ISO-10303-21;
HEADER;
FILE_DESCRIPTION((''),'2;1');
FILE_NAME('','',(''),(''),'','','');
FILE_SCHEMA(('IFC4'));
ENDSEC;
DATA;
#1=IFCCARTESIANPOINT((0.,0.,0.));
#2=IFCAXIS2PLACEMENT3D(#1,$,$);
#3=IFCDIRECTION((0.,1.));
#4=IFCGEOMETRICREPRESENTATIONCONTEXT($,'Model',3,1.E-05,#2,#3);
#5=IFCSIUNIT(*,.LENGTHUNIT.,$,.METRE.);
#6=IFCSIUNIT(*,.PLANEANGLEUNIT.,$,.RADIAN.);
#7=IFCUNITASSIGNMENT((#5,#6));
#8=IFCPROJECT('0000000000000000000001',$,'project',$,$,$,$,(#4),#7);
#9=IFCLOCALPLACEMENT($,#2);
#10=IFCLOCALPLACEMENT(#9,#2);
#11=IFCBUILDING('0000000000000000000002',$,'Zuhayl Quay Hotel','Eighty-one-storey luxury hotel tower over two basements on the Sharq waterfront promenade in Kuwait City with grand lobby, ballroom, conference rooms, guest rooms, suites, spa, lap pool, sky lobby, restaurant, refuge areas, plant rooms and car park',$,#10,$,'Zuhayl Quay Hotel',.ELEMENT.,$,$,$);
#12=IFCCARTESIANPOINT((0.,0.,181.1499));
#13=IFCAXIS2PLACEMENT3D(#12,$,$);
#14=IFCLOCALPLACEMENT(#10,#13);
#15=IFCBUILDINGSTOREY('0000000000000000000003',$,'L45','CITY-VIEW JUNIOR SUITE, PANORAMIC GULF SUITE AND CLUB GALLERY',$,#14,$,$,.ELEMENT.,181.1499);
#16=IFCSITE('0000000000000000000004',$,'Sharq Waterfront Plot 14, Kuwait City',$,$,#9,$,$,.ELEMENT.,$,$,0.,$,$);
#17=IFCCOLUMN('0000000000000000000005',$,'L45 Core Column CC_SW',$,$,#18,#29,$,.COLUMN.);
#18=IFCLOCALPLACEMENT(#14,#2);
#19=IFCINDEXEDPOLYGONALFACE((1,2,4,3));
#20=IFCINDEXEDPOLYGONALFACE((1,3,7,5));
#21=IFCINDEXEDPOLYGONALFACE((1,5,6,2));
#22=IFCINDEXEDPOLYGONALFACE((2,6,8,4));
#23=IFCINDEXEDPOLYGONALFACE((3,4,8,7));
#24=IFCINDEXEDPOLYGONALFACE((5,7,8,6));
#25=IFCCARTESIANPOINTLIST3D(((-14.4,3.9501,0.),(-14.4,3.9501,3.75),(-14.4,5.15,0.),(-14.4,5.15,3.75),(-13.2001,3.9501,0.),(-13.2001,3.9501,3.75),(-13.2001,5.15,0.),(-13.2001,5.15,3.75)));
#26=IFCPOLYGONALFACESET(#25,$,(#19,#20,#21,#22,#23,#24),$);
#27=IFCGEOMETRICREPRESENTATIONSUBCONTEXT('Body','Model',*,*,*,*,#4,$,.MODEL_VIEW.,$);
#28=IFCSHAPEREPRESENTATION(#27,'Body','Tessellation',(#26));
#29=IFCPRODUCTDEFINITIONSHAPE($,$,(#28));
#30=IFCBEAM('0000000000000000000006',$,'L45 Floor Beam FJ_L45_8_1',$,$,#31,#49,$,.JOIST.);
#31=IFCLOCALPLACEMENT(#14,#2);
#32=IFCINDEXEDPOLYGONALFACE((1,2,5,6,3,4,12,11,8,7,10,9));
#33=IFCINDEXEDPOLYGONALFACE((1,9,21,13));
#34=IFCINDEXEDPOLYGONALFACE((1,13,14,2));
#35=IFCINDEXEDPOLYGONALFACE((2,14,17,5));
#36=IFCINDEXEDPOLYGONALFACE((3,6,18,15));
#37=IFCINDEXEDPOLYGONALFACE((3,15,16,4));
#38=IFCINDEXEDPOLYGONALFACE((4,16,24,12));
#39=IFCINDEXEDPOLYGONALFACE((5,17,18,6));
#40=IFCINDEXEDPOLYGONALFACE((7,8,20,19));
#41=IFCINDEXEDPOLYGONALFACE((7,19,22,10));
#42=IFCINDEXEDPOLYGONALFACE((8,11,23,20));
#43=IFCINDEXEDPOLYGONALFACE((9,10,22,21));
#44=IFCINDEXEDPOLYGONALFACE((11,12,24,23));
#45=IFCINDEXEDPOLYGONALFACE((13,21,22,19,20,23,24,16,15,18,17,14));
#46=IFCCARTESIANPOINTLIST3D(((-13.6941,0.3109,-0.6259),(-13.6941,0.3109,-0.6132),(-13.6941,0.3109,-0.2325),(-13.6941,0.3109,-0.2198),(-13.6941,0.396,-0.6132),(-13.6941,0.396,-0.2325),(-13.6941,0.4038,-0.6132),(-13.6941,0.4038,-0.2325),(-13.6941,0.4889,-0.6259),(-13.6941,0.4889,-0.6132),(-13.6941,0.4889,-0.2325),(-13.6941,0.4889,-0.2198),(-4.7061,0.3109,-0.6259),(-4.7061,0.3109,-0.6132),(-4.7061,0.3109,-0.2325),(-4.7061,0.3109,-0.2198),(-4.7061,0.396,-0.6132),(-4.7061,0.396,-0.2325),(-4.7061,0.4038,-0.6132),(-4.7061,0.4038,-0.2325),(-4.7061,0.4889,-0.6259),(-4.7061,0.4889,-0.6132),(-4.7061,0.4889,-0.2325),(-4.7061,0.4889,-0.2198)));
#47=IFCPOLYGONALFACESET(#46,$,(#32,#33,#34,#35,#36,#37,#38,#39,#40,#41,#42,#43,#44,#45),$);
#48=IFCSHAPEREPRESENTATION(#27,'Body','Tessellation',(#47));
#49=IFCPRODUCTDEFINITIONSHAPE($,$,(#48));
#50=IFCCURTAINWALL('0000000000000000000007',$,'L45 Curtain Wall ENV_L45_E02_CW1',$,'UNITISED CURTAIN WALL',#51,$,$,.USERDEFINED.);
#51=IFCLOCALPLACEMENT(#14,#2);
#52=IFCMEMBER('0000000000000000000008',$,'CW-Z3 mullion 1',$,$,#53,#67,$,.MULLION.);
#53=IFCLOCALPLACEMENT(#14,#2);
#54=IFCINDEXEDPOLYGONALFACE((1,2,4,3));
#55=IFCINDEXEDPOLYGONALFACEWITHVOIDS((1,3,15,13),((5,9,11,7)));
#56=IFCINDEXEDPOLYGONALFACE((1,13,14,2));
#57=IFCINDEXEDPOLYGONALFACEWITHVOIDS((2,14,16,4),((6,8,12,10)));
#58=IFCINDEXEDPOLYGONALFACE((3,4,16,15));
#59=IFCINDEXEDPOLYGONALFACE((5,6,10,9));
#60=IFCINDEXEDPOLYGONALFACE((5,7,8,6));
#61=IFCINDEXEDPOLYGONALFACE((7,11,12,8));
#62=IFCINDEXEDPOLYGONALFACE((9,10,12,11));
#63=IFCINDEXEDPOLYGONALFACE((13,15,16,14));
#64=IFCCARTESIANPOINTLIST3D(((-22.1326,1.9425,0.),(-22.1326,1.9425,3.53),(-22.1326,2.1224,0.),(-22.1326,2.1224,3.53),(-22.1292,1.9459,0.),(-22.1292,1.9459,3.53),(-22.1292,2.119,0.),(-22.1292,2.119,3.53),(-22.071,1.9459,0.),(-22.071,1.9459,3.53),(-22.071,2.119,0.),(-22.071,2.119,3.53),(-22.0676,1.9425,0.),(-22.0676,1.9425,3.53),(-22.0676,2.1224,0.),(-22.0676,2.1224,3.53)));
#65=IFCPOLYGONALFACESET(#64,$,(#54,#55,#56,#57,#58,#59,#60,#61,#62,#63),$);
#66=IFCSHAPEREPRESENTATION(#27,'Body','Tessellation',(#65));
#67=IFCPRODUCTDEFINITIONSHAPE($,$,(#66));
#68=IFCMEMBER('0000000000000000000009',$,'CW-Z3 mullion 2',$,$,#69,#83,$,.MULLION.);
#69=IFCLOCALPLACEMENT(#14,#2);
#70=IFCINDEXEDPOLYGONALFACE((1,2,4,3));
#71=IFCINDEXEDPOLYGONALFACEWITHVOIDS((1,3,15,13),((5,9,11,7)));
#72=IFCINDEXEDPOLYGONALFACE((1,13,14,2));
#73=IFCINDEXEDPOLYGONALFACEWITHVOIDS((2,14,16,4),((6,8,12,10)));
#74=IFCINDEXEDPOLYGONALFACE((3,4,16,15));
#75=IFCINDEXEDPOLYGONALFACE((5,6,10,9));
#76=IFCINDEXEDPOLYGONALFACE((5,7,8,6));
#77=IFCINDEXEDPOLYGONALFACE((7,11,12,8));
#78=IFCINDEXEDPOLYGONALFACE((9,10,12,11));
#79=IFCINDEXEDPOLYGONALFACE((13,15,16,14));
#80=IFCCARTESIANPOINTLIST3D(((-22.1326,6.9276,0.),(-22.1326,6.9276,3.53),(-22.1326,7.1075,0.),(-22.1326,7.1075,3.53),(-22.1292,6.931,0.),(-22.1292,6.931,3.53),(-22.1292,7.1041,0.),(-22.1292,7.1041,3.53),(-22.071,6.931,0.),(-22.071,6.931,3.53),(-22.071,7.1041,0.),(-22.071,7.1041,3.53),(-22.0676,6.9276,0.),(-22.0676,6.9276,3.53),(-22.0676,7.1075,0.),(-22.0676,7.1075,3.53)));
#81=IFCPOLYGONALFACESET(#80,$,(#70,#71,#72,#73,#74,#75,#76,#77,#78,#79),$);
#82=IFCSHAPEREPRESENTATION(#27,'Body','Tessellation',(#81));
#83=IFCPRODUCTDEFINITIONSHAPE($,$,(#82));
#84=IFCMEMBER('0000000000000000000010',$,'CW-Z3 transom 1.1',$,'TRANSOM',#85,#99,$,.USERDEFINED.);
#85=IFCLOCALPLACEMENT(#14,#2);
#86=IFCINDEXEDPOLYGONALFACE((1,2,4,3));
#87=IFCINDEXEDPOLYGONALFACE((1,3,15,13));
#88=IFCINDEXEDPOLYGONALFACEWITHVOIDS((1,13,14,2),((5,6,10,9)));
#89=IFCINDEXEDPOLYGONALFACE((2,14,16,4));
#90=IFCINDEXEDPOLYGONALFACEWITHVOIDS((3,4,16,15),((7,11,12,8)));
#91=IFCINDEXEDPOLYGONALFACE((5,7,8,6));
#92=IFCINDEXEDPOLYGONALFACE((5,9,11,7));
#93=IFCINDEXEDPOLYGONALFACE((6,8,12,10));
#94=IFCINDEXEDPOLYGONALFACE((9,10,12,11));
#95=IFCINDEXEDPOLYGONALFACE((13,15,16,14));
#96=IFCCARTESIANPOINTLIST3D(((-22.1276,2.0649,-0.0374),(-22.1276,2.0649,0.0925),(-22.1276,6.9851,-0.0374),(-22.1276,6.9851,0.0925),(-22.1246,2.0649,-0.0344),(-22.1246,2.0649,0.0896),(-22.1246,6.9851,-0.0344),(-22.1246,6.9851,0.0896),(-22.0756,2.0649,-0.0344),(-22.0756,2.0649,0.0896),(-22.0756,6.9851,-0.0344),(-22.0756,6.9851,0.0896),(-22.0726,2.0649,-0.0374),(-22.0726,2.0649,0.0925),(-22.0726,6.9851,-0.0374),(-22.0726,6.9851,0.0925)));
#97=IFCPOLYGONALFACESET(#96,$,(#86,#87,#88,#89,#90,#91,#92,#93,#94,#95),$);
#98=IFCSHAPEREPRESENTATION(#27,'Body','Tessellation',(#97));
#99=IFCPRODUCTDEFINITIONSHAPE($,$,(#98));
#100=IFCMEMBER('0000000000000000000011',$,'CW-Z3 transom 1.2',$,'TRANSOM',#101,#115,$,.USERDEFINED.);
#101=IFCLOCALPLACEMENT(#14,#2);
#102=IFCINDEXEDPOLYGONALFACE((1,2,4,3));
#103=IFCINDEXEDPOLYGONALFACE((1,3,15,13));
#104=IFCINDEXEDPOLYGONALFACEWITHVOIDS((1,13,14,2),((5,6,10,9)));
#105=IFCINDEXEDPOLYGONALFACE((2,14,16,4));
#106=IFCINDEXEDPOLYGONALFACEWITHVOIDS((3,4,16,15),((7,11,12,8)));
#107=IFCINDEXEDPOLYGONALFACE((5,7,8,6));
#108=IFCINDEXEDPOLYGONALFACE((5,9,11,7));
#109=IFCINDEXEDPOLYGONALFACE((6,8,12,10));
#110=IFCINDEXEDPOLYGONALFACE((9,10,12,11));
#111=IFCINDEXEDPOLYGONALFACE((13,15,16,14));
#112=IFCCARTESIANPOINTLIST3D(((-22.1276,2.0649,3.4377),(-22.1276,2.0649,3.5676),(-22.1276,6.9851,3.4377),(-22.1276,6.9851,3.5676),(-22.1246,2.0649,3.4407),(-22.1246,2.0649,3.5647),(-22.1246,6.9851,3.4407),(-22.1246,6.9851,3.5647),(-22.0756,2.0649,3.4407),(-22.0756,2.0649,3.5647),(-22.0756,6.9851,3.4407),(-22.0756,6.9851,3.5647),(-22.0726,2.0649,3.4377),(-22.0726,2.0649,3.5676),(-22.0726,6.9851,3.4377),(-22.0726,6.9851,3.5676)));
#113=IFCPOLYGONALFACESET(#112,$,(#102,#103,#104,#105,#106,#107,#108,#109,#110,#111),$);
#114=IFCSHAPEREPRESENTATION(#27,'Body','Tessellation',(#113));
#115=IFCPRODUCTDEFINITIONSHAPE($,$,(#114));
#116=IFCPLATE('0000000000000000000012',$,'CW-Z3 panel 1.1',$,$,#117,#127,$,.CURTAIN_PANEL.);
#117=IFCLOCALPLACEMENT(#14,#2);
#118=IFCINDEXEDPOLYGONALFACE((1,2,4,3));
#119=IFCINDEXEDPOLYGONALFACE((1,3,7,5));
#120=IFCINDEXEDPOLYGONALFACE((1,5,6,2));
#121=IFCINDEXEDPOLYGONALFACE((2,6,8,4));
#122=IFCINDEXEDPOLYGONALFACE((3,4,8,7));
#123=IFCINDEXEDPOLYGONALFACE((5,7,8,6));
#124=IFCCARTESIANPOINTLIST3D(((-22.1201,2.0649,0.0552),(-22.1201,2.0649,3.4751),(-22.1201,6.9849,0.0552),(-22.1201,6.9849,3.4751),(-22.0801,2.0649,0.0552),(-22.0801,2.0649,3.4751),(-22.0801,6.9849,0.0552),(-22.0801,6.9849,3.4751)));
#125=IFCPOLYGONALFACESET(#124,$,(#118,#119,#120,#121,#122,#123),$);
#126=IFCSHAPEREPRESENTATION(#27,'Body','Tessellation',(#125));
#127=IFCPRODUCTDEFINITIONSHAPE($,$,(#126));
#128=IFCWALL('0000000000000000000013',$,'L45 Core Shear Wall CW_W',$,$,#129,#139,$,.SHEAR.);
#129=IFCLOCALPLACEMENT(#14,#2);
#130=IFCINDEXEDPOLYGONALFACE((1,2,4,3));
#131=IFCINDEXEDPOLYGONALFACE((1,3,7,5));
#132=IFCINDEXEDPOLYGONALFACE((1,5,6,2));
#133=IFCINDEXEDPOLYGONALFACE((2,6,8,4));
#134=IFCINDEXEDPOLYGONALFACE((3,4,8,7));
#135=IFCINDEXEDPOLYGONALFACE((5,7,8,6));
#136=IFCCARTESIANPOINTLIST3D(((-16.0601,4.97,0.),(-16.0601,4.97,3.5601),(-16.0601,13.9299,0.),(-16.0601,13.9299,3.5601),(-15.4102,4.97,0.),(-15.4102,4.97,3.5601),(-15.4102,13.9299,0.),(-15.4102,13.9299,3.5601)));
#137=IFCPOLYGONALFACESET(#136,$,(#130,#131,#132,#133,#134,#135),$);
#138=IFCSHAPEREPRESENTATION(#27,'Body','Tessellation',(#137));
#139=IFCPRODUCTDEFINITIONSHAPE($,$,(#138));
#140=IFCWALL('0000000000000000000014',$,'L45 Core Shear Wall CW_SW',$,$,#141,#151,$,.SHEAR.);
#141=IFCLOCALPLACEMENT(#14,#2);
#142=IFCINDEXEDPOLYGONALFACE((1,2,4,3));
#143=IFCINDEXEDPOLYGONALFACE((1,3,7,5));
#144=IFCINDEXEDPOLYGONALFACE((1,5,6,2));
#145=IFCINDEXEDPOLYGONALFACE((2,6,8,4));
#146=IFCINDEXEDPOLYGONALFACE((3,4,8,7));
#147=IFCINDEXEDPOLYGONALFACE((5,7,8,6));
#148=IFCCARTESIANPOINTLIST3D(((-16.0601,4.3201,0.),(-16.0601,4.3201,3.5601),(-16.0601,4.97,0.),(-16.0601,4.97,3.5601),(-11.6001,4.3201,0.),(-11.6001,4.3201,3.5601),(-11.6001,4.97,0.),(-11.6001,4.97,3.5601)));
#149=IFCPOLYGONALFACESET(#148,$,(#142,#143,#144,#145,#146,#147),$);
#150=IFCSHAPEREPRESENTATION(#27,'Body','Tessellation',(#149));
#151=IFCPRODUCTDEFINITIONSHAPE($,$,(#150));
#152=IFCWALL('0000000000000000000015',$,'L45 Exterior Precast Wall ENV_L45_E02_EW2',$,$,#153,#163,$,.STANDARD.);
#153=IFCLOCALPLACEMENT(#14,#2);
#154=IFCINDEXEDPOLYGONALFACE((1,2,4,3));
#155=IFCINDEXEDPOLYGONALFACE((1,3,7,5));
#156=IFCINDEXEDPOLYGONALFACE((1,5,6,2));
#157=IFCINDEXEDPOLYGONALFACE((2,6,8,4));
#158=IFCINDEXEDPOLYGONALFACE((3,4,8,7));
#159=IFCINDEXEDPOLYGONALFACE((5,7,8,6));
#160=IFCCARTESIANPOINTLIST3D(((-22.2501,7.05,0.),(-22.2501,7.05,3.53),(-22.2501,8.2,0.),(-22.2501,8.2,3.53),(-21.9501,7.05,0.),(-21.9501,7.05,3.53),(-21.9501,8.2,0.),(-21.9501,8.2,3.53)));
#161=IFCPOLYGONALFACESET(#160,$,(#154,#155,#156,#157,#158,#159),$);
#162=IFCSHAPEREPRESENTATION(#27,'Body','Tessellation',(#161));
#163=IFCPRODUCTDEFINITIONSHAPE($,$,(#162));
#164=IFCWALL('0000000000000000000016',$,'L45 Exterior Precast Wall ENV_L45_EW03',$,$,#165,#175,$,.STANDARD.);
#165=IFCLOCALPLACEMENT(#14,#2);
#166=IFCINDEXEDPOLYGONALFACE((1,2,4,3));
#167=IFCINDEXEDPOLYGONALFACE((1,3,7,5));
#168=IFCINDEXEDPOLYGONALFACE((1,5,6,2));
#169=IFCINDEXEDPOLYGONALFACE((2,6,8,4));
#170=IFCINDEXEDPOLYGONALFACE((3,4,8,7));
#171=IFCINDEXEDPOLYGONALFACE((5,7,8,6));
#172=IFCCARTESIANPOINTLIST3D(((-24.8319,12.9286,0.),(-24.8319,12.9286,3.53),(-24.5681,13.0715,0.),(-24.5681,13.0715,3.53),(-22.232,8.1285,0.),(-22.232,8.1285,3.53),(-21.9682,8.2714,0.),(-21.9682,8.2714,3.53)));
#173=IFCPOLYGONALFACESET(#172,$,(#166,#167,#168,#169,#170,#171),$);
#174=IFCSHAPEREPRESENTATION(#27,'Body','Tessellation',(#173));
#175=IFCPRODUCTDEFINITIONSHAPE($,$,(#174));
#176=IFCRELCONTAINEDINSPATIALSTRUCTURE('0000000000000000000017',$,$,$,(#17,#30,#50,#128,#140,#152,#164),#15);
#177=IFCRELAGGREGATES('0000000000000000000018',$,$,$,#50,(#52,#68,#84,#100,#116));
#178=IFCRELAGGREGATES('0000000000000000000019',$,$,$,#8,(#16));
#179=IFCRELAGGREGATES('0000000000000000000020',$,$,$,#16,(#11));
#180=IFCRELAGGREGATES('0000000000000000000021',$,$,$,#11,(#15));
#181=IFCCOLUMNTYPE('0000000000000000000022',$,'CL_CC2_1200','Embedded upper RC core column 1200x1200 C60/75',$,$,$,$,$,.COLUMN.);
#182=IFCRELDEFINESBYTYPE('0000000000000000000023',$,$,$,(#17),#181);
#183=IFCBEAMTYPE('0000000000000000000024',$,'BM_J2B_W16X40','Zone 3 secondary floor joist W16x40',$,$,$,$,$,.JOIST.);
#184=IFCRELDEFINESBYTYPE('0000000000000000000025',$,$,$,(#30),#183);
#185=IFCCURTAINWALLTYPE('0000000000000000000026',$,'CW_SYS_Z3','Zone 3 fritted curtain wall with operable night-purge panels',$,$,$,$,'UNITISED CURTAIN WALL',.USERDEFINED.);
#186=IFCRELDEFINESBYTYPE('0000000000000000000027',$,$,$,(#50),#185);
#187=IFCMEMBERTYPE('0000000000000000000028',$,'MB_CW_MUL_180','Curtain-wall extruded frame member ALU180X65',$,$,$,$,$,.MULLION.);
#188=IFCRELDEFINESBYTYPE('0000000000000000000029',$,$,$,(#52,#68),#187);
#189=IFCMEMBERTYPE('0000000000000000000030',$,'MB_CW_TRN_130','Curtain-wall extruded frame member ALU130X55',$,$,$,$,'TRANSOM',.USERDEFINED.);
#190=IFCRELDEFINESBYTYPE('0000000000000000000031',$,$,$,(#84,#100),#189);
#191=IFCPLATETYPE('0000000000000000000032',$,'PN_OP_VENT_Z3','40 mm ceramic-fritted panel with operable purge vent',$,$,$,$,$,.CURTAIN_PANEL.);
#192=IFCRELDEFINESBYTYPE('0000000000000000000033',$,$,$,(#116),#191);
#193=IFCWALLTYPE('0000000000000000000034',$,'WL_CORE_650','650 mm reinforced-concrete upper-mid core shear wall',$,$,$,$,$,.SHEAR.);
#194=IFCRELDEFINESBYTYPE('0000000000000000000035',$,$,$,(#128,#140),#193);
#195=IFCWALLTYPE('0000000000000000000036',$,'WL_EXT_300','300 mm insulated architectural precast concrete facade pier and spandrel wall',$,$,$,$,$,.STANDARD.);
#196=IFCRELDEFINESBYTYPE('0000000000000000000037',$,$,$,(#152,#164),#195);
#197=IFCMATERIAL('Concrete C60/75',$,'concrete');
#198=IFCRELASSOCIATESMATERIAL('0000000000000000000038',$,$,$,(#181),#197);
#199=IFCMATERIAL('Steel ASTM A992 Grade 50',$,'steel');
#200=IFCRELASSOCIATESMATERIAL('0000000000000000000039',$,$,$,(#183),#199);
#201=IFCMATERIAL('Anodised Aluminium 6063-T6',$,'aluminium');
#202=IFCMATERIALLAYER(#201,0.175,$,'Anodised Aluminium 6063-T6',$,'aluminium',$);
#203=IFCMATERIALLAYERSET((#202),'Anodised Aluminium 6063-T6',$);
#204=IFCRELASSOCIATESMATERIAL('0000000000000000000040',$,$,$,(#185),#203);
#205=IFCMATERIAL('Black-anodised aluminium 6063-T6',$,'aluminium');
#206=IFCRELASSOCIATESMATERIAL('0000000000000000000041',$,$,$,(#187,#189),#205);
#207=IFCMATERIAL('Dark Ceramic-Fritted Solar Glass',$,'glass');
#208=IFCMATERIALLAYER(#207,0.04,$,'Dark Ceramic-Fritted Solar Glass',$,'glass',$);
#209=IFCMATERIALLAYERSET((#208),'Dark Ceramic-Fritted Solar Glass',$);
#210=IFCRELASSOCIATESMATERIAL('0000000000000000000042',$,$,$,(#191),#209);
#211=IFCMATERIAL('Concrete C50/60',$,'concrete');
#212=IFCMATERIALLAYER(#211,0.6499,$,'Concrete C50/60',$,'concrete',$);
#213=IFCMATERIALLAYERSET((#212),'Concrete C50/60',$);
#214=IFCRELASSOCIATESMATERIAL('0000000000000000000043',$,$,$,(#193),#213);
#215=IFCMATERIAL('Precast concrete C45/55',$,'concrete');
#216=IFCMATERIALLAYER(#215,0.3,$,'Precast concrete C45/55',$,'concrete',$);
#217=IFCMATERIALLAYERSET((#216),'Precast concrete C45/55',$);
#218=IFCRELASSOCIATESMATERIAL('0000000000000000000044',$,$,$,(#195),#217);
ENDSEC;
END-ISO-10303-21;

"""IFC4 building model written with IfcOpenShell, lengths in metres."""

from ifc_helpers import new_model, si_unit, direction, frame, frame_2d, origin, origin_2d, place, context, subcontext, project, spatial, rectangle, hollow_rectangle, i_section, extrude, material, layer, layer_set, material_profile, profile_set, type_object, element, aggregate, save


model = new_model("IFC4")

# Units and contexts
model_context = context("Model", 3, precision=1e-05, world=origin(), true_north=direction((0.0, 1.0)))
body_context = subcontext(model_context, "Body", "Model", "MODEL_VIEW")
ifc_project = project(units=[si_unit("LENGTHUNIT", "METRE"), si_unit("PLANEANGLEUNIT", "RADIAN")], contexts=[model_context])

# Site, building, storey
site_placement = place(None, origin())
site = spatial("IfcSite", under=ifc_project, at=site_placement, Name="Sharq Waterfront Plot 14, Kuwait City", CompositionType="ELEMENT", RefElevation=0.0)
building_placement = place(site_placement, origin())
building = spatial("IfcBuilding", under=site, at=building_placement, Name="Zuhayl Quay Hotel", Description="Eighty-one-storey luxury hotel tower over two basements on the Sharq waterfront promenade in Kuwait City with grand lobby, ballroom, conference rooms, guest rooms, suites, spa, lap pool, sky lobby, restaurant, refuge areas, plant rooms and car park", LongName="Zuhayl Quay Hotel", CompositionType="ELEMENT")
storey_placement = place(building_placement, frame((0.0, 0.0, 181.1499)))
storey = spatial("IfcBuildingStorey", under=building, at=storey_placement, Name="L45", Description="CITY-VIEW JUNIOR SUITE, PANORAMIC GULF SUITE AND CLUB GALLERY", CompositionType="ELEMENT", Elevation=181.1499)

# Column
ifc_material_1 = material(Name="Concrete C60/75", Category="concrete")
ifc_material_profile_1 = material_profile(ifc_material_1, rectangle(XDim=1.2, YDim=1.2, at=origin_2d()), Name="RC1200X1200")
ifc_profile_set_1 = profile_set([ifc_material_profile_1], Name="Concrete C60/75")
column_type = type_object("IfcColumnType", Name="CL_CC2_1200", Description="Embedded upper RC core column 1200x1200 C60/75", PredefinedType="COLUMN", material=ifc_profile_set_1)
column_placement = place(storey_placement, frame((-13.8, 4.55, 0.0), z_axis=(0.0, 0.0, 1.0), x_axis=(1.0, 0.0, 0.0)))
element("IfcColumn", 1, at=column_placement, inside=storey, type_object=column_type, Name="L45 Core Column CC_SW", PredefinedType="COLUMN", context=body_context, shape_type="SweptSolid", body=[
    extrude(rectangle(XDim=1.2, YDim=1.2, at=origin_2d()), origin(), (0.0, 0.0, 1.0), 3.75),
])

# Beam
ifc_material_2 = material(Name="Steel ASTM A992 Grade 50", Category="steel")
ifc_material_profile_2 = material_profile(ifc_material_2, i_section(OverallWidth=0.178, OverallDepth=0.406, WebThickness=0.0078, FlangeThickness=0.0127, at=origin_2d()), Name="W16X40")
ifc_profile_set_2 = profile_set([ifc_material_profile_2], Name="Steel ASTM A992 Grade 50")
beam_type = type_object("IfcBeamType", Name="BM_J2B_W16X40", Description="Zone 3 secondary floor joist W16x40", PredefinedType="JOIST", material=ifc_profile_set_2)
beam_placement = place(storey_placement, frame((-13.6941, 0.3999, -0.4229), z_axis=(1.0, 0.0, 0.0), x_axis=(0.0, 1.0, 0.0)))
element("IfcBeam", 2, at=beam_placement, inside=storey, type_object=beam_type, Name="L45 Floor Beam FJ_L45_8_1", PredefinedType="JOIST", context=body_context, shape_type="SweptSolid", body=[
    extrude(i_section(OverallWidth=0.178, OverallDepth=0.406, WebThickness=0.0078, FlangeThickness=0.0127, at=origin_2d()), origin(), (0.0, 0.0, 1.0), 8.988),
])

# Curtain wall, members, plate
ifc_material_3 = material(Name="Anodised Aluminium 6063-T6", Category="aluminium")
ifc_layer_1 = layer(ifc_material_3, 0.175, Name="Anodised Aluminium 6063-T6", Category="aluminium")
ifc_layer_set_1 = layer_set([ifc_layer_1], Name="Anodised Aluminium 6063-T6")
curtain_wall_type = type_object("IfcCurtainWallType", Name="CW_SYS_Z3", Description="Zone 3 fritted curtain wall with operable night-purge panels", ElementType="UNITISED CURTAIN WALL", PredefinedType="USERDEFINED", material=ifc_layer_set_1)
curtain_wall_placement = place(storey_placement, origin())
curtain_wall = element("IfcCurtainWall", 3, at=curtain_wall_placement, inside=storey, type_object=curtain_wall_type, Name="L45 Curtain Wall ENV_L45_E02_CW1", ObjectType="UNITISED CURTAIN WALL", PredefinedType="USERDEFINED")
ifc_material_4 = material(Name="Black-anodised aluminium 6063-T6", Category="aluminium")
ifc_material_profile_3 = material_profile(ifc_material_4, hollow_rectangle(XDim=0.0649, YDim=0.1799, WallThickness=0.0034, at=origin_2d()), Name="ALU180X65")
ifc_profile_set_3 = profile_set([ifc_material_profile_3], Name="Black-anodised aluminium 6063-T6")
member_type_1 = type_object("IfcMemberType", Name="MB_CW_MUL_180", Description="Curtain-wall extruded frame member ALU180X65", PredefinedType="MULLION", material=ifc_profile_set_3)
member_1_placement = place(storey_placement, frame((-22.1001, 2.0325, 0.0), z_axis=(0.0, 0.0, 1.0), x_axis=(-1.0, 0.0, 0.0)))
member_1 = element("IfcMember", 4, at=member_1_placement, type_object=member_type_1, Name="CW-Z3 mullion 1", PredefinedType="MULLION", context=body_context, shape_type="SweptSolid", body=[
    extrude(hollow_rectangle(XDim=0.0649, YDim=0.1799, WallThickness=0.0034, at=origin_2d()), origin(), (0.0, 0.0, 1.0), 3.53),
])
member_2_placement = place(storey_placement, frame((-22.1001, 7.0176, 0.0), z_axis=(0.0, 0.0, 1.0), x_axis=(-1.0, 0.0, 0.0)))
member_2 = element("IfcMember", 5, at=member_2_placement, type_object=member_type_1, Name="CW-Z3 mullion 2", PredefinedType="MULLION", context=body_context, shape_type="SweptSolid", body=[
    extrude(hollow_rectangle(XDim=0.0649, YDim=0.1799, WallThickness=0.0034, at=origin_2d()), origin(), (0.0, 0.0, 1.0), 3.53),
])
ifc_material_profile_4 = material_profile(ifc_material_4, hollow_rectangle(XDim=0.0549, YDim=0.1299, WallThickness=0.0029, at=origin_2d()), Name="ALU130X55")
ifc_profile_set_4 = profile_set([ifc_material_profile_4], Name="Black-anodised aluminium 6063-T6")
member_type_2 = type_object("IfcMemberType", Name="MB_CW_TRN_130", Description="Curtain-wall extruded frame member ALU130X55", ElementType="TRANSOM", PredefinedType="USERDEFINED", material=ifc_profile_set_4)
member_3_placement = place(storey_placement, frame((-22.1001, 2.0649, 0.0276), z_axis=(0.0, 1.0, 0.0), x_axis=(-1.0, 0.0, 0.0)))
member_3 = element("IfcMember", 6, at=member_3_placement, type_object=member_type_2, Name="CW-Z3 transom 1.1", ObjectType="TRANSOM", PredefinedType="USERDEFINED", context=body_context, shape_type="SweptSolid", body=[
    extrude(hollow_rectangle(XDim=0.0549, YDim=0.1299, WallThickness=0.0029, at=origin_2d()), origin(), (0.0, 0.0, 1.0), 4.9202),
])
member_4_placement = place(storey_placement, frame((-22.1001, 2.0649, 3.5027), z_axis=(0.0, 1.0, 0.0), x_axis=(-1.0, 0.0, 0.0)))
member_4 = element("IfcMember", 7, at=member_4_placement, type_object=member_type_2, Name="CW-Z3 transom 1.2", ObjectType="TRANSOM", PredefinedType="USERDEFINED", context=body_context, shape_type="SweptSolid", body=[
    extrude(hollow_rectangle(XDim=0.0549, YDim=0.1299, WallThickness=0.0029, at=origin_2d()), origin(), (0.0, 0.0, 1.0), 4.9202),
])
ifc_material_5 = material(Name="Dark Ceramic-Fritted Solar Glass", Category="glass")
ifc_layer_2 = layer(ifc_material_5, 0.04, Name="Dark Ceramic-Fritted Solar Glass", Category="glass")
ifc_layer_set_2 = layer_set([ifc_layer_2], Name="Dark Ceramic-Fritted Solar Glass")
plate_type = type_object("IfcPlateType", Name="PN_OP_VENT_Z3", Description="40 mm ceramic-fritted panel with operable purge vent", PredefinedType="CURTAIN_PANEL", material=ifc_layer_set_2)
plate_placement = place(storey_placement, frame((-22.1001, 4.5249, 0.0552), z_axis=(0.0, 0.0, 1.0), x_axis=(0.0, 1.0, 0.0)))
plate = element("IfcPlate", 8, at=plate_placement, type_object=plate_type, Name="CW-Z3 panel 1.1", PredefinedType="CURTAIN_PANEL", context=body_context, shape_type="SweptSolid", body=[
    extrude(rectangle(XDim=4.9199, YDim=0.04, at=origin_2d()), origin(), (0.0, 0.0, 1.0), 3.4199),
])
aggregate(curtain_wall, [member_1, member_2, member_3, member_4, plate])

# Walls
ifc_material_6 = material(Name="Concrete C50/60", Category="concrete")
ifc_layer_3 = layer(ifc_material_6, 0.6499, Name="Concrete C50/60", Category="concrete")
ifc_layer_set_3 = layer_set([ifc_layer_3], Name="Concrete C50/60")
wall_type_1 = type_object("IfcWallType", Name="WL_CORE_650", Description="650 mm reinforced-concrete upper-mid core shear wall", PredefinedType="SHEAR", material=ifc_layer_set_3)
wall_1_placement = place(storey_placement, frame((-15.7351, 4.97, 0.0), z_axis=(0.0, 0.0, 1.0), x_axis=(0.0, 1.0, 0.0)))
element("IfcWall", 9, at=wall_1_placement, inside=storey, type_object=wall_type_1, Name="L45 Core Shear Wall CW_W", PredefinedType="SHEAR", context=body_context, shape_type="SweptSolid", body=[
    extrude(rectangle(XDim=8.96, YDim=0.6499, at=frame_2d((4.48, 0.0))), origin(), (0.0, 0.0, 1.0), 3.5601),
])
wall_2_placement = place(storey_placement, frame((-16.0601, 4.645, 0.0), z_axis=(0.0, 0.0, 1.0), x_axis=(1.0, 0.0, 0.0)))
element("IfcWall", 10, at=wall_2_placement, inside=storey, type_object=wall_type_1, Name="L45 Core Shear Wall CW_SW", PredefinedType="SHEAR", context=body_context, shape_type="SweptSolid", body=[
    extrude(rectangle(XDim=4.46, YDim=0.6499, at=frame_2d((2.23, 0.0))), origin(), (0.0, 0.0, 1.0), 3.5601),
])
ifc_material_7 = material(Name="Precast concrete C45/55", Category="concrete")
ifc_layer_4 = layer(ifc_material_7, 0.3, Name="Precast concrete C45/55", Category="concrete")
ifc_layer_set_4 = layer_set([ifc_layer_4], Name="Precast concrete C45/55")
wall_type_2 = type_object("IfcWallType", Name="WL_EXT_300", Description="300 mm insulated architectural precast concrete facade pier and spandrel wall", PredefinedType="STANDARD", material=ifc_layer_set_4)
wall_3_placement = place(storey_placement, frame((-22.1001, 7.05, 0.0), z_axis=(0.0, 0.0, 1.0), x_axis=(0.0, 1.0, 0.0)))
element("IfcWall", 11, at=wall_3_placement, inside=storey, type_object=wall_type_2, Name="L45 Exterior Precast Wall ENV_L45_E02_EW2", PredefinedType="STANDARD", context=body_context, shape_type="SweptSolid", body=[
    extrude(rectangle(XDim=1.1499, YDim=0.3, at=frame_2d((0.575, 0.0))), origin(), (0.0, 0.0, 1.0), 3.53),
])
wall_4_placement = place(storey_placement, frame((-22.1001, 8.2, 0.0), z_axis=(0.0, 0.0, 1.0), x_axis=(-0.476259, 0.879305, 0.0)))
element("IfcWall", 12, at=wall_4_placement, inside=storey, type_object=wall_type_2, Name="L45 Exterior Precast Wall ENV_L45_EW03", PredefinedType="STANDARD", context=body_context, shape_type="SweptSolid", body=[
    extrude(rectangle(XDim=5.459, YDim=0.3, at=frame_2d((2.7295, 0.0))), origin(), (0.0, 0.0, 1.0), 3.53),
])

save(model, "model.ifc")
